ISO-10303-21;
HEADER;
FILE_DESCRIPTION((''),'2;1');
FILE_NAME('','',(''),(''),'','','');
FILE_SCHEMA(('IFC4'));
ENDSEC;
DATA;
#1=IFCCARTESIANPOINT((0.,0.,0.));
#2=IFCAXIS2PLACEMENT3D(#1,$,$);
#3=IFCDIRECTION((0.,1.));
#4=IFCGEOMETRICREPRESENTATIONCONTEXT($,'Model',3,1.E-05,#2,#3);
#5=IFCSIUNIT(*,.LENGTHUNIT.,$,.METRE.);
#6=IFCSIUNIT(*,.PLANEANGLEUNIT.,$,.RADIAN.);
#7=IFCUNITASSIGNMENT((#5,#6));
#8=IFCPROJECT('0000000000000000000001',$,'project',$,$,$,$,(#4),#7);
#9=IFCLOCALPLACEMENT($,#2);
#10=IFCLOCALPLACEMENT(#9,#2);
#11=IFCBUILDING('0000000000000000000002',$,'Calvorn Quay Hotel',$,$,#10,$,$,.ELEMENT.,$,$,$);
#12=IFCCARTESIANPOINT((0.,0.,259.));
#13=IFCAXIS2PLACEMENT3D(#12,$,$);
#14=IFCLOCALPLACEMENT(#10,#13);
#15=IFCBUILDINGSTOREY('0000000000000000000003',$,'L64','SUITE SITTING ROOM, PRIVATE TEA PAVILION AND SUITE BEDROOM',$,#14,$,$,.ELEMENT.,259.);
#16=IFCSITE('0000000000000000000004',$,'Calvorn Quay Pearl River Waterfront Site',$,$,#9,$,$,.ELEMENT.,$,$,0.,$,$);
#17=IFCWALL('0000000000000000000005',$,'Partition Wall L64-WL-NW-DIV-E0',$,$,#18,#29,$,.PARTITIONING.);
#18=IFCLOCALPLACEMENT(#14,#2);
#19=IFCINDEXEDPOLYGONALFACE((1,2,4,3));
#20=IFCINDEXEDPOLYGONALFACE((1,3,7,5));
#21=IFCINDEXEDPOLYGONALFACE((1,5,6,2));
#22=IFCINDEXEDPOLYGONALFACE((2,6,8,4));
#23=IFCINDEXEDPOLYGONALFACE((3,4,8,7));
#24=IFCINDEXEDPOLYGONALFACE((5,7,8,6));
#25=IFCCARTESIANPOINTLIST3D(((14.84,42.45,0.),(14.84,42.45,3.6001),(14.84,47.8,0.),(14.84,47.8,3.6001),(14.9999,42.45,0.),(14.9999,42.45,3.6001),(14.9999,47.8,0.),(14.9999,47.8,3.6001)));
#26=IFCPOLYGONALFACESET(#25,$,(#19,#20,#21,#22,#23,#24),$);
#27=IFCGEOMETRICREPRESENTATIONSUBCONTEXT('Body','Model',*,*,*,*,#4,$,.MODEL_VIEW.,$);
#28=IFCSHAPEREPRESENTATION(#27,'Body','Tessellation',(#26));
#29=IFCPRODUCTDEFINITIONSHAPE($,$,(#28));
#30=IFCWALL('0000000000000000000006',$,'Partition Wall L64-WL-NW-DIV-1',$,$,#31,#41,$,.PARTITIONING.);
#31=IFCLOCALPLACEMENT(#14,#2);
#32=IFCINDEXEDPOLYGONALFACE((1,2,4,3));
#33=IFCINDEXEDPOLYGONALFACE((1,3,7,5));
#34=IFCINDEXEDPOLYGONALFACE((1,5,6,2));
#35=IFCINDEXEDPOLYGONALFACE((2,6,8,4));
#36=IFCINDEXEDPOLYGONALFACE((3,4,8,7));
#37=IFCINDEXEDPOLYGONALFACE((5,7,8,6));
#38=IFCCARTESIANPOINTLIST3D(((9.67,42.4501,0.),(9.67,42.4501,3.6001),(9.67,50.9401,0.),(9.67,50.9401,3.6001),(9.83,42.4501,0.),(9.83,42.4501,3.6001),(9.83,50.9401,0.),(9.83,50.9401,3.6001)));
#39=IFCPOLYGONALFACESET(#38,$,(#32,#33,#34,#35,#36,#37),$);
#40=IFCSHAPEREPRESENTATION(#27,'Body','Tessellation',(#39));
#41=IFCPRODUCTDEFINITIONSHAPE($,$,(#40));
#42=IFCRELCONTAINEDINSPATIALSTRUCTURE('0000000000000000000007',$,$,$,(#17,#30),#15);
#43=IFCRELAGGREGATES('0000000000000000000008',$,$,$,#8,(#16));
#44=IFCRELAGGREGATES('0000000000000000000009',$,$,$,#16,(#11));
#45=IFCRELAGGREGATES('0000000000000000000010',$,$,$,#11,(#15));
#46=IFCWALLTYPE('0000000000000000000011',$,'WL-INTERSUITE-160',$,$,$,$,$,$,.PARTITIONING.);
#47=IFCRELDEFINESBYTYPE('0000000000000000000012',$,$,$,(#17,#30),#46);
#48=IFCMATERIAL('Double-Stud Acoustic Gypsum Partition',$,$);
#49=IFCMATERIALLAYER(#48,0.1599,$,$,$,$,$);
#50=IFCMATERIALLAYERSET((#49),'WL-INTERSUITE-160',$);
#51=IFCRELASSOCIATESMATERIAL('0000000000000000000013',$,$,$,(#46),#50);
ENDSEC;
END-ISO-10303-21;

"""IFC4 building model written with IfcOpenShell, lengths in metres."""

from ifc_helpers import new_model, si_unit, direction, frame, frame_2d, origin, place, context, subcontext, project, spatial, rectangle, extrude, material, layer, layer_set, type_object, element, save


model = new_model("IFC4")

# Units and contexts
model_context = context("Model", 3, precision=1e-05, world=origin(), true_north=direction((0.0, 1.0)))
body_context = subcontext(model_context, "Body", "Model", "MODEL_VIEW")
ifc_project = project(units=[si_unit("LENGTHUNIT", "METRE"), si_unit("PLANEANGLEUNIT", "RADIAN")], contexts=[model_context])

# Site, building, storey
site_placement = place(None, origin())
site = spatial("IfcSite", under=ifc_project, at=site_placement, Name="Calvorn Quay Pearl River Waterfront Site", CompositionType="ELEMENT", RefElevation=0.0)
building_placement = place(site_placement, origin())
building = spatial("IfcBuilding", under=site, at=building_placement, Name="Calvorn Quay Hotel", CompositionType="ELEMENT")
storey_placement = place(building_placement, frame((0.0, 0.0, 259.0)))
storey = spatial("IfcBuildingStorey", under=building, at=storey_placement, Name="L64", Description="SUITE SITTING ROOM, PRIVATE TEA PAVILION AND SUITE BEDROOM", CompositionType="ELEMENT", Elevation=259.0)

# Walls
ifc_material_1 = material(Name="Double-Stud Acoustic Gypsum Partition")
ifc_layer_1 = layer(ifc_material_1, 0.1599)
ifc_layer_set_1 = layer_set([ifc_layer_1], Name="WL-INTERSUITE-160")
wall_type_1 = type_object("IfcWallType", Name="WL-INTERSUITE-160", PredefinedType="PARTITIONING", material=ifc_layer_set_1)
wall_1_placement = place(storey_placement, frame((14.9199, 42.45, 0.0), z_axis=(0.0, 0.0, 1.0), x_axis=(0.0, 1.0, 0.0)))
element("IfcWall", 1, at=wall_1_placement, inside=storey, type_object=wall_type_1, Name="Partition Wall L64-WL-NW-DIV-E0", PredefinedType="PARTITIONING", context=body_context, shape_type="SweptSolid", body=[
    extrude(rectangle(XDim=5.3501, YDim=0.1599, at=frame_2d((2.675, 0.0))), origin(), (0.0, 0.0, 1.0), 3.6001),
])
wall_2_placement = place(storey_placement, frame((9.75, 42.45, 0.0), z_axis=(0.0, 0.0, 1.0), x_axis=(0.0, 1.0, 0.0)))
element("IfcWall", 2, at=wall_2_placement, inside=storey, type_object=wall_type_1, Name="Partition Wall L64-WL-NW-DIV-1", PredefinedType="PARTITIONING", context=body_context, shape_type="SweptSolid", body=[
    extrude(rectangle(XDim=8.49, YDim=0.1599, at=frame_2d((4.2451, 0.0))), origin(), (0.0, 0.0, 1.0), 3.6001),
])

save(model, "model.ifc")
